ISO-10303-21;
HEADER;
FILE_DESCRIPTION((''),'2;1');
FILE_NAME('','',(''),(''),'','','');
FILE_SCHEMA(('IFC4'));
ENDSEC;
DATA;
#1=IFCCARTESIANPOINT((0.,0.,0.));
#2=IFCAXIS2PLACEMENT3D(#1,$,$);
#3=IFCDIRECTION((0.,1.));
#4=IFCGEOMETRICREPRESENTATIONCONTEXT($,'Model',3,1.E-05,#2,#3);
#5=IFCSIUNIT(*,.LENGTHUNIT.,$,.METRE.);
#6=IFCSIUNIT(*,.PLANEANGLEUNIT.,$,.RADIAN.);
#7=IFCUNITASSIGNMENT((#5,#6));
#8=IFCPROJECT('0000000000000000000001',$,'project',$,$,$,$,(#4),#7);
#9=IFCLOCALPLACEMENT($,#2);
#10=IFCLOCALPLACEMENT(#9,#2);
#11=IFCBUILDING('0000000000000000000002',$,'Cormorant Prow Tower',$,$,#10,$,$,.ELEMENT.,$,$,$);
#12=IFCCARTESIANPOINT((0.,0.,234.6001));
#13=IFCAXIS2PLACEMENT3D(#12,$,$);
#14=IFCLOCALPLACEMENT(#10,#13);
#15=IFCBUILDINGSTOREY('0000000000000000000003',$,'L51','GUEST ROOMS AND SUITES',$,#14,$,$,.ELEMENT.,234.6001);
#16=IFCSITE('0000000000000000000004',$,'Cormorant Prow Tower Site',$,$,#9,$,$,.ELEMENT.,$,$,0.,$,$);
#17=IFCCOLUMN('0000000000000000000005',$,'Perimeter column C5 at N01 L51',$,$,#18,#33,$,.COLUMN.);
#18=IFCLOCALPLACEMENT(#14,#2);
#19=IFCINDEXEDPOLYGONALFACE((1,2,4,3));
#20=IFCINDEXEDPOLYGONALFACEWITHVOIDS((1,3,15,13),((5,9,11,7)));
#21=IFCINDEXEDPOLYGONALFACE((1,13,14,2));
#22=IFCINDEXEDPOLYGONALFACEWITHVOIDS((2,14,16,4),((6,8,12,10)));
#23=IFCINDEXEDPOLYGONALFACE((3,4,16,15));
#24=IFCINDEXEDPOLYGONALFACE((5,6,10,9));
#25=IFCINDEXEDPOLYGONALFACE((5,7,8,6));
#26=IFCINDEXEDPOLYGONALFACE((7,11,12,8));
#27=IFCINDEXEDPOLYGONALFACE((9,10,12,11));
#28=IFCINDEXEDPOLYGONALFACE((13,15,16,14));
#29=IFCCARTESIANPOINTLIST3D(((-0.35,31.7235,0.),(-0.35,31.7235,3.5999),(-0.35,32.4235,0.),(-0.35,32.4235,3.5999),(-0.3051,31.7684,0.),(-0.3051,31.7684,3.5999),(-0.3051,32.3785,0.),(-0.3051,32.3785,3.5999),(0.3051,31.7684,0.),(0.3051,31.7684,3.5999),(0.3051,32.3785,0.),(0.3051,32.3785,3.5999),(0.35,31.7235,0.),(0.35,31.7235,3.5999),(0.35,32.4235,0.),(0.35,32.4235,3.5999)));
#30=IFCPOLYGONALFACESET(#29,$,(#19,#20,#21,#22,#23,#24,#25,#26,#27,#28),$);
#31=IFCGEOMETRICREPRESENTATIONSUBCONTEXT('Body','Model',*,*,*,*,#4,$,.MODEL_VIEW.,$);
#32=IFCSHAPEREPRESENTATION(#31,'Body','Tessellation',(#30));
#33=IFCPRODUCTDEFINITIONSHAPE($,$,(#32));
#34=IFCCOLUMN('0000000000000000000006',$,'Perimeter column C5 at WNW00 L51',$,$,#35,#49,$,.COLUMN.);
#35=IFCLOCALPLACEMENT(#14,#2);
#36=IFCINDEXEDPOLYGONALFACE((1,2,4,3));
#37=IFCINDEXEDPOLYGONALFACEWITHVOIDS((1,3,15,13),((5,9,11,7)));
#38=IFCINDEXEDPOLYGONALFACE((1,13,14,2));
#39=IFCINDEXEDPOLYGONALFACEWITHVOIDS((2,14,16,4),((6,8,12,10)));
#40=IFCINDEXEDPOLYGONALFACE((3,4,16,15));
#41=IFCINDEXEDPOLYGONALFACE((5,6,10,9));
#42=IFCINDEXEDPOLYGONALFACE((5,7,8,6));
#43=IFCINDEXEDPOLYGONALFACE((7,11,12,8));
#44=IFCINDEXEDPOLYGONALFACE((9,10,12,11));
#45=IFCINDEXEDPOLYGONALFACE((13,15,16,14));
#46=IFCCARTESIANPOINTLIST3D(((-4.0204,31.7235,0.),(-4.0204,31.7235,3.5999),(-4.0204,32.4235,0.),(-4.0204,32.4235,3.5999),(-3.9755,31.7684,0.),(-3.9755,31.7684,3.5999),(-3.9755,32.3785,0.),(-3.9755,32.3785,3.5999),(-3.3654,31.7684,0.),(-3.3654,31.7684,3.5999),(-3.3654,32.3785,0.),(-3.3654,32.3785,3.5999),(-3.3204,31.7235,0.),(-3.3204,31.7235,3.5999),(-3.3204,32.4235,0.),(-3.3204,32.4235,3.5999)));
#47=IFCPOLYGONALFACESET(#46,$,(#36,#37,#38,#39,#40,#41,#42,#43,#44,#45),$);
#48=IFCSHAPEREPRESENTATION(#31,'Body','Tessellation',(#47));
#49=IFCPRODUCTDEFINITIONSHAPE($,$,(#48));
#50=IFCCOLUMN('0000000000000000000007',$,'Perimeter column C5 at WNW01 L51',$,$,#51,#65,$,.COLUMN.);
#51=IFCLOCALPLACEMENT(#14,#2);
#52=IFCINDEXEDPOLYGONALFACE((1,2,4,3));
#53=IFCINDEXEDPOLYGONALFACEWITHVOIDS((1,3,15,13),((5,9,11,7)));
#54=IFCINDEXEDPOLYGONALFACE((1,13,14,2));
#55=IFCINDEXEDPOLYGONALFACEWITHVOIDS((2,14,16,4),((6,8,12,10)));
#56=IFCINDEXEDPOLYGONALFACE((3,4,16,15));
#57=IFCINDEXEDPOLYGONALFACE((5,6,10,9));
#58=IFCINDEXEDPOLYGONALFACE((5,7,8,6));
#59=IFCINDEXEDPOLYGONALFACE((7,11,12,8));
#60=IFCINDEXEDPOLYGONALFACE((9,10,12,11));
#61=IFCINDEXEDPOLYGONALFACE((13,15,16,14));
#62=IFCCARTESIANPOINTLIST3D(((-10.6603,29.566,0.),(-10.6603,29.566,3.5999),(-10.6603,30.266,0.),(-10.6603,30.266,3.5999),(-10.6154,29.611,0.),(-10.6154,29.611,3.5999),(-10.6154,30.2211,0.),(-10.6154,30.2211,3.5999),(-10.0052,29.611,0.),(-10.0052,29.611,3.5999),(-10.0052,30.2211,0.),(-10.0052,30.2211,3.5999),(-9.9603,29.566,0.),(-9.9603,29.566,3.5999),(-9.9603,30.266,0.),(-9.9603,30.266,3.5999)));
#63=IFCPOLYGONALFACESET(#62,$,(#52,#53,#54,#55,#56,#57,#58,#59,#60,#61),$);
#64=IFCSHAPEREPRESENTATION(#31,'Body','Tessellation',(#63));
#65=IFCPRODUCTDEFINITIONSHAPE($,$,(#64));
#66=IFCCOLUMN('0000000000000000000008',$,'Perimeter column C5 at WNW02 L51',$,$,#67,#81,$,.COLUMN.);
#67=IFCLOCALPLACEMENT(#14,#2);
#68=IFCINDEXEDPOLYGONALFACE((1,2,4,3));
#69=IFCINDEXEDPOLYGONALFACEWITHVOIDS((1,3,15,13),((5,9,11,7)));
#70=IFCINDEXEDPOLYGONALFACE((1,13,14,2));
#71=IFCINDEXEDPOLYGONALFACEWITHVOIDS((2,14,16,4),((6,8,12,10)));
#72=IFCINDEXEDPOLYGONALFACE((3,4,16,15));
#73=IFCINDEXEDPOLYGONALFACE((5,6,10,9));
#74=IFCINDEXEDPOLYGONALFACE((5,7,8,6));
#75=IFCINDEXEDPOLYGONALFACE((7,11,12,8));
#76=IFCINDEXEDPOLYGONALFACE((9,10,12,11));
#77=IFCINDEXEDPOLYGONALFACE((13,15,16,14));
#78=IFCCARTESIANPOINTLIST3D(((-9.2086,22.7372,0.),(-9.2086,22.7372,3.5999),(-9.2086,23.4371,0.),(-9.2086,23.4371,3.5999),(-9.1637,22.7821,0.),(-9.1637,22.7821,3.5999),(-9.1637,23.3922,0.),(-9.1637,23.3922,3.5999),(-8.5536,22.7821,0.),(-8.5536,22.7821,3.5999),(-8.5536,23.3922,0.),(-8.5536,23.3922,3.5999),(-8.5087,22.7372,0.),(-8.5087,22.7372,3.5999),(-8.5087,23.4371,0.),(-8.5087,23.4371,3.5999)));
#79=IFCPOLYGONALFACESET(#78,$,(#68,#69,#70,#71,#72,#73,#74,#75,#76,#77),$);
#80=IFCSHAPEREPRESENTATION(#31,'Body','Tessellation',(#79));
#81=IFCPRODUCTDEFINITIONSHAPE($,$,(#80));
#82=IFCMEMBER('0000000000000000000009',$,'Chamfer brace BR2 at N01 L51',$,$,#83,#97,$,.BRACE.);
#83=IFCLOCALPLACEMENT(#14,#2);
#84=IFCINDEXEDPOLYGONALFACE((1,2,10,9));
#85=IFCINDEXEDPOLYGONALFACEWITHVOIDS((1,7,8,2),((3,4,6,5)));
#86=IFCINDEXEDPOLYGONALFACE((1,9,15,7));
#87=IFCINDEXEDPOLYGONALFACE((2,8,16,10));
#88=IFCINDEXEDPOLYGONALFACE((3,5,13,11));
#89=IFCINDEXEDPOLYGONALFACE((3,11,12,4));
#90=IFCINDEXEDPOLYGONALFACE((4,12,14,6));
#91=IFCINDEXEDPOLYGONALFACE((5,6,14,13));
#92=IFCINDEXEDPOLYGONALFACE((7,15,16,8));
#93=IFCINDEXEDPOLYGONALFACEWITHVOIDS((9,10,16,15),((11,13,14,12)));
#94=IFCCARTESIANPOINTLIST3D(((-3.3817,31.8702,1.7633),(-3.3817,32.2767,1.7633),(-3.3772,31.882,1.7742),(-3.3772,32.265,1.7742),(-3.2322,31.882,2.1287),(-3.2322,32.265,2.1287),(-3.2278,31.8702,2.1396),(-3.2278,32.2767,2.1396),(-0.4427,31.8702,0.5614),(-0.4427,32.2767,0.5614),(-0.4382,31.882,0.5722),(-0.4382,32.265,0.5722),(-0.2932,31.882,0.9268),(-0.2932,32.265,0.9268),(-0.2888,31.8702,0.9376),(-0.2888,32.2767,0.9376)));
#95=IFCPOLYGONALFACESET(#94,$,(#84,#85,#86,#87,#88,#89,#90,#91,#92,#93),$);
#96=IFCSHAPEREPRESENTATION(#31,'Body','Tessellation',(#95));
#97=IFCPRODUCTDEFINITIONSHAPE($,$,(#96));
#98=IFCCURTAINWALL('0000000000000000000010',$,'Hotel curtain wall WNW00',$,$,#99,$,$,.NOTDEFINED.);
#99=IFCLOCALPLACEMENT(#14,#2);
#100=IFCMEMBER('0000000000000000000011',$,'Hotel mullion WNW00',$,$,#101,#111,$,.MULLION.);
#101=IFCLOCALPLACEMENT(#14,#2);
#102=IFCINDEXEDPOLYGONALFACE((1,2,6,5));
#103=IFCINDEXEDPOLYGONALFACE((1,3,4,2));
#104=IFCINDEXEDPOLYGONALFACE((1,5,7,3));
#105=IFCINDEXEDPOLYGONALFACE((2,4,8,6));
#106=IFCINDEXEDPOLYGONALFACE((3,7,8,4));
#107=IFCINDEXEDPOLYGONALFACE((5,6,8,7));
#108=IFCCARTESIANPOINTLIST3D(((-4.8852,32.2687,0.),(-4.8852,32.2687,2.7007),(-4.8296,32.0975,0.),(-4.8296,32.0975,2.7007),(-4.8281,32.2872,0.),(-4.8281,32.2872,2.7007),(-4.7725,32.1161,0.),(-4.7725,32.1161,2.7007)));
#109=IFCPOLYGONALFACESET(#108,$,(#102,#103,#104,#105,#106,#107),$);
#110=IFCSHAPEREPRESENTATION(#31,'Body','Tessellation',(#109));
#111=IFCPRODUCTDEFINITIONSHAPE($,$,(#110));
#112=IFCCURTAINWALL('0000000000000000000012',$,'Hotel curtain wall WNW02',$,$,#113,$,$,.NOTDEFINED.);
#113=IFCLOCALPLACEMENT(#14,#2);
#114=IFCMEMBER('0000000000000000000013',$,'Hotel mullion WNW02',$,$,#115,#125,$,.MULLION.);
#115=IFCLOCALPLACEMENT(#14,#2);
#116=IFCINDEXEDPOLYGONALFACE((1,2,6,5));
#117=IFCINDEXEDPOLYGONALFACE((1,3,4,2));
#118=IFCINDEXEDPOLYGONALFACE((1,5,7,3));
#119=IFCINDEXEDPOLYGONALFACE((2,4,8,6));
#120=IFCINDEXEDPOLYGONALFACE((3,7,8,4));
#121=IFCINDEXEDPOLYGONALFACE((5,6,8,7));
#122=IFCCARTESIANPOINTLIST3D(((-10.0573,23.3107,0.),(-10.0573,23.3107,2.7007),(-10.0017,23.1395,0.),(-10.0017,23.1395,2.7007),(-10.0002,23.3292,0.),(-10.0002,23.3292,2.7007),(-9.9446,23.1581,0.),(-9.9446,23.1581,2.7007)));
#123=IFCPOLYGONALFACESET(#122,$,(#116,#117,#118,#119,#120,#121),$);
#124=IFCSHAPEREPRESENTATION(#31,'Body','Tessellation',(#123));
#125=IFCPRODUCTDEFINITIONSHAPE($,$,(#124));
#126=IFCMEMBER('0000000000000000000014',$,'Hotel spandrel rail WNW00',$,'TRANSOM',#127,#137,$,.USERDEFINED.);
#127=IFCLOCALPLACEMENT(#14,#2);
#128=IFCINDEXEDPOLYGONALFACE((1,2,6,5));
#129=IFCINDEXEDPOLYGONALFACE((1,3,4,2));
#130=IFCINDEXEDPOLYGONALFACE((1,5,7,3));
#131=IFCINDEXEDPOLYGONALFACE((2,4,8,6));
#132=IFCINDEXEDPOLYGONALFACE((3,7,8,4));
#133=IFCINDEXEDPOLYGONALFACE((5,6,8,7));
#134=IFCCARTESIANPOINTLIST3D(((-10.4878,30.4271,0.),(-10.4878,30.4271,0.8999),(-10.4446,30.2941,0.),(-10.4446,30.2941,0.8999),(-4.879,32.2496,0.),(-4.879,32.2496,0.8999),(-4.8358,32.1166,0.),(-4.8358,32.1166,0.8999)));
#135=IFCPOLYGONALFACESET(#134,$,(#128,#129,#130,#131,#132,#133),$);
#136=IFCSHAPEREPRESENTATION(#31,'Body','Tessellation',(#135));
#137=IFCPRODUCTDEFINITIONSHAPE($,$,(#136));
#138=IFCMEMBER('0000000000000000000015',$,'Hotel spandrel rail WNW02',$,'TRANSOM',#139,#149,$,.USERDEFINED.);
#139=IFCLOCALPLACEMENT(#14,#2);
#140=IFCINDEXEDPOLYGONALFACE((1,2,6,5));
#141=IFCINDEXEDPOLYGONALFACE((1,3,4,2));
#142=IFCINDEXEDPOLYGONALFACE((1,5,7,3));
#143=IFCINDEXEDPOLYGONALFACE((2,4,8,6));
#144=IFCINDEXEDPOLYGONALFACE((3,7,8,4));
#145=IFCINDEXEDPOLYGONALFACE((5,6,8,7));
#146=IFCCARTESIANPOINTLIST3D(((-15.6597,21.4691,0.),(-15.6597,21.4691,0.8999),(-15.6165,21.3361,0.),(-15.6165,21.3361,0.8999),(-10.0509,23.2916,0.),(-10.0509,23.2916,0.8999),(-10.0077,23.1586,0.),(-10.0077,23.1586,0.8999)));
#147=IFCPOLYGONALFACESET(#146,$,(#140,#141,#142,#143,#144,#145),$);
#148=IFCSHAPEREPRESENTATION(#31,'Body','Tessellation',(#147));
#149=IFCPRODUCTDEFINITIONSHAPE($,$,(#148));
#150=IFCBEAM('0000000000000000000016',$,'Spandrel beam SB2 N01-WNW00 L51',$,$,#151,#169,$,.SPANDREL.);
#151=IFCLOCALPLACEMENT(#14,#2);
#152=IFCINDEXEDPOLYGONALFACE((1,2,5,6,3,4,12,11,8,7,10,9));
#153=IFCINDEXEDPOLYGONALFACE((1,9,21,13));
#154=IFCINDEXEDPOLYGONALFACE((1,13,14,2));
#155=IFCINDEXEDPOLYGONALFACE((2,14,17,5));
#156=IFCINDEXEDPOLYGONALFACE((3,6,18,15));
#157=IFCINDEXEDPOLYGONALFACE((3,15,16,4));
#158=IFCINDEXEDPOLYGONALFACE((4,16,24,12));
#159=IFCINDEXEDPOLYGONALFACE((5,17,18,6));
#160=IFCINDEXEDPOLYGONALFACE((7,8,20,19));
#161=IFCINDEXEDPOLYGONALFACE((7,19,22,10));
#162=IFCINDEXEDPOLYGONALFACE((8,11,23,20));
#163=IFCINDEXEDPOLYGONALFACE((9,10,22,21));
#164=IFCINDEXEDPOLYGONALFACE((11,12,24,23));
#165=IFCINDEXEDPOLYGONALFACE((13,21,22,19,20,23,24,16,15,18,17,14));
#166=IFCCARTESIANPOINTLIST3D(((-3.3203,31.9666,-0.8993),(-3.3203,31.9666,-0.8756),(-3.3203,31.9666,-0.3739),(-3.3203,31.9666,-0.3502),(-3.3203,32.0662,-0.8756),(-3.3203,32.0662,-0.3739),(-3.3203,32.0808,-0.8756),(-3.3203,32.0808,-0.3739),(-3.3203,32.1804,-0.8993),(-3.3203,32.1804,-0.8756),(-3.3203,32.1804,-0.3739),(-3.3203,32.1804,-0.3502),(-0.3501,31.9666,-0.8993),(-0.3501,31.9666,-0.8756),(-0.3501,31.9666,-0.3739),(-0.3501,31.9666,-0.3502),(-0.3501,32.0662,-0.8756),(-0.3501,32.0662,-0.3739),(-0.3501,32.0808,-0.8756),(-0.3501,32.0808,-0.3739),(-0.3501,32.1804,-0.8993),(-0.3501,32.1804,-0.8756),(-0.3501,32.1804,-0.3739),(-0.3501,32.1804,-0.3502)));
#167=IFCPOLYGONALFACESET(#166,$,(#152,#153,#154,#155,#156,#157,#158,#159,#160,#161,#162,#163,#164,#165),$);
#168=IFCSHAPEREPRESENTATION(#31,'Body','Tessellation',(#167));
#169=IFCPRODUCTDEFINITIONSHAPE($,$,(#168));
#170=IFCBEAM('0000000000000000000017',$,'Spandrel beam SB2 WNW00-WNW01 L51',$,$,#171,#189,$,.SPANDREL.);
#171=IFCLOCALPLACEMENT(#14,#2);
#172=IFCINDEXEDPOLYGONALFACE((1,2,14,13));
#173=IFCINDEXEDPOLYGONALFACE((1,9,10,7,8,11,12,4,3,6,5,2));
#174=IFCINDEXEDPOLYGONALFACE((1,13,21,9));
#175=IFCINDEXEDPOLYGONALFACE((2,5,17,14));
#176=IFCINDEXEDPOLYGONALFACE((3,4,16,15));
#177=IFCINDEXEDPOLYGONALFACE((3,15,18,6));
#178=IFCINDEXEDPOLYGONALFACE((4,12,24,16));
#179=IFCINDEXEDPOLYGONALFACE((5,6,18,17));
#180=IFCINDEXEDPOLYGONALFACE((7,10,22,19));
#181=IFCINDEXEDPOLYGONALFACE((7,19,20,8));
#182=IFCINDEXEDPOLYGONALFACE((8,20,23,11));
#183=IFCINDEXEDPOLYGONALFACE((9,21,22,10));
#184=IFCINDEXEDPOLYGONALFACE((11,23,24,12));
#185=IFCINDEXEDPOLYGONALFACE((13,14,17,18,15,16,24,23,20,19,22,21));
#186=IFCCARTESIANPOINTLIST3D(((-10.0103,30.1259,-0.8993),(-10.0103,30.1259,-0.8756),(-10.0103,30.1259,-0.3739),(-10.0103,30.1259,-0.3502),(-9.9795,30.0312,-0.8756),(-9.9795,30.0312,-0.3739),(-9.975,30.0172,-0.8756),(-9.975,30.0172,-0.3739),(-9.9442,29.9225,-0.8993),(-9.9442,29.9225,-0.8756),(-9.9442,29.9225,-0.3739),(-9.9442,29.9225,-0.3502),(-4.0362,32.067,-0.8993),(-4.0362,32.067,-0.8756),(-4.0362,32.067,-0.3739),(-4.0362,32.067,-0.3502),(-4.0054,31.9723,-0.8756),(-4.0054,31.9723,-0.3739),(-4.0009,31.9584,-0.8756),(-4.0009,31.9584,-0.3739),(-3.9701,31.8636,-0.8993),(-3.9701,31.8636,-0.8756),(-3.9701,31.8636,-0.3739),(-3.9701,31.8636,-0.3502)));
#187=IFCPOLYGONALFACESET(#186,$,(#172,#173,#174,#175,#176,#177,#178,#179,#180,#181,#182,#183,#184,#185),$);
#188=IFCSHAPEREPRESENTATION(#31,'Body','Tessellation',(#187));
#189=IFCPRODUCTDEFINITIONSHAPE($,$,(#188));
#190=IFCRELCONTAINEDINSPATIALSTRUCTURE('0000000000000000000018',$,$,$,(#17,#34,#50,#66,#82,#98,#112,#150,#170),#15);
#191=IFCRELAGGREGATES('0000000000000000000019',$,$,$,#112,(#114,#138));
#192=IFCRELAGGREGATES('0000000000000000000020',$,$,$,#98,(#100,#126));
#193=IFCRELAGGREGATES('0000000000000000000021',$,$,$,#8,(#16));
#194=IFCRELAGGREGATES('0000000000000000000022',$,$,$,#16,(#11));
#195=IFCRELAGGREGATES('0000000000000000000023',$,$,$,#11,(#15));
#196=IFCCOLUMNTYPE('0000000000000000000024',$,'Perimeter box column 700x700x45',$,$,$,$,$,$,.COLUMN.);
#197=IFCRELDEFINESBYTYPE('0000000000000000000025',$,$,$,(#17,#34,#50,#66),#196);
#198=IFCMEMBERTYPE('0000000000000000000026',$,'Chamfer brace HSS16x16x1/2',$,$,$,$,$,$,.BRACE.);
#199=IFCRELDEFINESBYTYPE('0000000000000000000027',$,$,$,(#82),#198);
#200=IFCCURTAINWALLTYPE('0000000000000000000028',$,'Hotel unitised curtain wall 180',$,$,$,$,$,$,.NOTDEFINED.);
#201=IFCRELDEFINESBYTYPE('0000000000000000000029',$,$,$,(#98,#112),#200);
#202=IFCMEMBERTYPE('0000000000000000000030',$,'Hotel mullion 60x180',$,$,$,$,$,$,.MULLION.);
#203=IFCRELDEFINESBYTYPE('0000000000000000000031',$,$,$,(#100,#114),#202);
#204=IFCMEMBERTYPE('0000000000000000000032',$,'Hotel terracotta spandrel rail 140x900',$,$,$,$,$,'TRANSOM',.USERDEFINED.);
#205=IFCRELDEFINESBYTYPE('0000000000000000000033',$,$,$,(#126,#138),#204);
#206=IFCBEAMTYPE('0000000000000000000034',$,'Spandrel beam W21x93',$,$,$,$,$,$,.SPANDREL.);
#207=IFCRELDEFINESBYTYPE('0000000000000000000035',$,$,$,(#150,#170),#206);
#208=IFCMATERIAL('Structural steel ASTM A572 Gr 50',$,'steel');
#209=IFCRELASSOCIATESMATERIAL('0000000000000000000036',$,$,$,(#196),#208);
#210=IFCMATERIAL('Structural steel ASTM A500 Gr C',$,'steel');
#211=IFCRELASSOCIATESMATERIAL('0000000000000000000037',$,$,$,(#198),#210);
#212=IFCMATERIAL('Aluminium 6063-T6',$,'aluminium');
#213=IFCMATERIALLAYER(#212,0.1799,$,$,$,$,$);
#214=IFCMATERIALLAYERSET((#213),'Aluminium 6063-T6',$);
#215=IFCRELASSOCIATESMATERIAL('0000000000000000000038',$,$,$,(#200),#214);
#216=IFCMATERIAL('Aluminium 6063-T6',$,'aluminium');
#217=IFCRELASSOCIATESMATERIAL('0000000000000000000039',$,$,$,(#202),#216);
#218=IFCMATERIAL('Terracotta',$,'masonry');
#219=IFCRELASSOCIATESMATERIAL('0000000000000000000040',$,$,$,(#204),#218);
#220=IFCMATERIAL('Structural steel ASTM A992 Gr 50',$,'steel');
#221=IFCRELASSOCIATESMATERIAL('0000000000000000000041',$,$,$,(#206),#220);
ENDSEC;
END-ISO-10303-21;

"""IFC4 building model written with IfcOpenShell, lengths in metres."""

from ifc_helpers import new_model, si_unit, direction, frame, origin, origin_2d, place, context, subcontext, project, spatial, rectangle, hollow_rectangle, i_section, extrude, material, layer, layer_set, material_profile, profile_set, type_object, element, aggregate, save


model = new_model("IFC4")

# Units and contexts
model_context = context("Model", 3, precision=1e-05, world=origin(), true_north=direction((0.0, 1.0)))
body_context = subcontext(model_context, "Body", "Model", "MODEL_VIEW")
ifc_project = project(units=[si_unit("LENGTHUNIT", "METRE"), si_unit("PLANEANGLEUNIT", "RADIAN")], contexts=[model_context])

# Site, building, storey
site_placement = place(None, origin())
site = spatial("IfcSite", under=ifc_project, at=site_placement, Name="Cormorant Prow Tower Site", CompositionType="ELEMENT", RefElevation=0.0)
building_placement = place(site_placement, origin())
building = spatial("IfcBuilding", under=site, at=building_placement, Name="Cormorant Prow Tower", CompositionType="ELEMENT")
storey_placement = place(building_placement, frame((0.0, 0.0, 234.6001)))
storey = spatial("IfcBuildingStorey", under=building, at=storey_placement, Name="L51", Description="GUEST ROOMS AND SUITES", CompositionType="ELEMENT", Elevation=234.6001)

# Columns
ifc_material_1 = material(Name="Structural steel ASTM A572 Gr 50", Category="steel")
ifc_material_profile_1 = material_profile(ifc_material_1, hollow_rectangle(XDim=0.7, YDim=0.7, WallThickness=0.0449, at=origin_2d()), Name="Box 700x700x45")
ifc_profile_set_1 = profile_set([ifc_material_profile_1], Name="Structural steel ASTM A572 Gr 50")
column_type = type_object("IfcColumnType", Name="Perimeter box column 700x700x45", PredefinedType="COLUMN", material=ifc_profile_set_1)
for number, where, z_axis, x_axis, name in (
    (1, (0.0, 32.0735, 0.0), (0.0, 0.0, 1.0), (1.0, 0.0, 0.0), "Perimeter column C5 at N01 L51"),
    (2, (-3.6704, 32.0735, 0.0), (0.0, 0.0, 1.0), (1.0, 0.0, 0.0), "Perimeter column C5 at WNW00 L51"),
    (3, (-10.3103, 29.916, 0.0), (0.0, 0.0, 1.0), (1.0, 0.0, 0.0), "Perimeter column C5 at WNW01 L51"),
    (4, (-8.8586, 23.0872, 0.0), (0.0, 0.0, 1.0), (1.0, 0.0, 0.0), "Perimeter column C5 at WNW02 L51"),
):
    element("IfcColumn", number, at=place(storey_placement, frame(where, z_axis=z_axis, x_axis=x_axis)), inside=storey, type_object=column_type, Name=name, PredefinedType="COLUMN", context=body_context, shape_type="SweptSolid", body=[
        extrude(hollow_rectangle(XDim=0.7, YDim=0.7, WallThickness=0.0449, at=origin_2d()), origin(), (0.0, 0.0, 1.0), 3.5999),
    ])

# Member
ifc_material_2 = material(Name="Structural steel ASTM A500 Gr C", Category="steel")
ifc_material_profile_2 = material_profile(ifc_material_2, hollow_rectangle(XDim=0.4065, YDim=0.4065, WallThickness=0.0117, at=origin_2d()), Name="HSS16x16x1/2")
ifc_profile_set_2 = profile_set([ifc_material_profile_2], Name="Structural steel ASTM A500 Gr C")
member_type_1 = type_object("IfcMemberType", Name="Chamfer brace HSS16x16x1/2", PredefinedType="BRACE", material=ifc_profile_set_2)
member_1_placement = place(storey_placement, frame((-0.3657, 32.0735, 0.7495), z_axis=(-0.925591, 0.0, 0.378525), x_axis=(0.0, -1.0, 0.0)))
element("IfcMember", 5, at=member_1_placement, inside=storey, type_object=member_type_1, Name="Chamfer brace BR2 at N01 L51", PredefinedType="BRACE", context=body_context, shape_type="SweptSolid", body=[
    extrude(hollow_rectangle(XDim=0.4065, YDim=0.4065, WallThickness=0.0117, at=origin_2d()), origin(), (0.0, 0.0, 1.0), 3.1753),
])

# Curtain walls, members
ifc_material_3 = material(Name="Aluminium 6063-T6", Category="aluminium")
ifc_layer_1 = layer(ifc_material_3, 0.1799)
ifc_layer_set_1 = layer_set([ifc_layer_1], Name="Aluminium 6063-T6")
curtain_wall_type = type_object("IfcCurtainWallType", Name="Hotel unitised curtain wall 180", PredefinedType="NOTDEFINED", material=ifc_layer_set_1)
curtain_wall_1_placement = place(storey_placement, origin())
curtain_wall_1 = element("IfcCurtainWall", 6, at=curtain_wall_1_placement, inside=storey, type_object=curtain_wall_type, Name="Hotel curtain wall WNW00", PredefinedType="NOTDEFINED")
ifc_material_4 = material(Name="Aluminium 6063-T6", Category="aluminium")
ifc_material_profile_3 = material_profile(ifc_material_4, rectangle(XDim=0.1799, YDim=0.0601, at=origin_2d()), Name="Hotel mullion 60x180")
ifc_profile_set_3 = profile_set([ifc_material_profile_3], Name="Aluminium 6063-T6")
member_type_2 = type_object("IfcMemberType", Name="Hotel mullion 60x180", PredefinedType="MULLION", material=ifc_profile_set_3)
member_2_placement = place(storey_placement, frame((-4.8289, 32.1924, 0.0), z_axis=(0.0, 0.0, 1.0), x_axis=(0.309017, -0.951057, 0.0)))
member_2 = element("IfcMember", 7, at=member_2_placement, type_object=member_type_2, Name="Hotel mullion WNW00", PredefinedType="MULLION", context=body_context, shape_type="SweptSolid", body=[
    extrude(rectangle(XDim=0.1799, YDim=0.0601, at=origin_2d()), origin(), (0.0, 0.0, 1.0), 2.7007),
])
curtain_wall_2_placement = place(storey_placement, origin())
curtain_wall_2 = element("IfcCurtainWall", 8, at=curtain_wall_2_placement, inside=storey, type_object=curtain_wall_type, Name="Hotel curtain wall WNW02", PredefinedType="NOTDEFINED")
member_3_placement = place(storey_placement, frame((-10.001, 23.2344, 0.0), z_axis=(0.0, 0.0, 1.0), x_axis=(0.309017, -0.951057, 0.0)))
member_3 = element("IfcMember", 9, at=member_3_placement, type_object=member_type_2, Name="Hotel mullion WNW02", PredefinedType="MULLION", context=body_context, shape_type="SweptSolid", body=[
    extrude(rectangle(XDim=0.1799, YDim=0.0601, at=origin_2d()), origin(), (0.0, 0.0, 1.0), 2.7007),
])

# Members
ifc_material_5 = material(Name="Terracotta", Category="masonry")
ifc_material_profile_4 = material_profile(ifc_material_5, rectangle(XDim=0.1399, YDim=0.8999, at=origin_2d()), Name="Hotel terracotta spandrel rail 140x900")
ifc_profile_set_4 = profile_set([ifc_material_profile_4], Name="Terracotta")
member_type_3 = type_object("IfcMemberType", Name="Hotel terracotta spandrel rail 140x900", ElementType="TRANSOM", PredefinedType="USERDEFINED", material=ifc_profile_set_4)
member_4_placement = place(storey_placement, frame((-4.8574, 32.1831, 0.45), z_axis=(-0.951053, -0.309028, 0.0), x_axis=(0.309028, -0.951053, 0.0)))
member_4 = element("IfcMember", 10, at=member_4_placement, type_object=member_type_3, Name="Hotel spandrel rail WNW00", ObjectType="TRANSOM", PredefinedType="USERDEFINED", context=body_context, shape_type="SweptSolid", body=[
    extrude(rectangle(XDim=0.1399, YDim=0.8999, at=origin_2d()), origin(), (0.0, 0.0, 1.0), 5.8975),
])
member_5_placement = place(storey_placement, frame((-10.0293, 23.2251, 0.45), z_axis=(-0.951053, -0.309028, 0.0), x_axis=(0.309028, -0.951053, 0.0)))
member_5 = element("IfcMember", 11, at=member_5_placement, type_object=member_type_3, Name="Hotel spandrel rail WNW02", ObjectType="TRANSOM", PredefinedType="USERDEFINED", context=body_context, shape_type="SweptSolid", body=[
    extrude(rectangle(XDim=0.1399, YDim=0.8999, at=origin_2d()), origin(), (0.0, 0.0, 1.0), 5.8975),
])
aggregate(curtain_wall_2, [member_3, member_5])

# Beams
ifc_material_6 = material(Name="Structural steel ASTM A992 Gr 50", Category="steel")
ifc_material_profile_5 = material_profile(ifc_material_6, i_section(OverallWidth=0.2139, OverallDepth=0.5491, WebThickness=0.0146, FlangeThickness=0.0237, at=origin_2d()), Name="W21x93")
ifc_profile_set_5 = profile_set([ifc_material_profile_5], Name="Structural steel ASTM A992 Gr 50")
beam_type = type_object("IfcBeamType", Name="Spandrel beam W21x93", PredefinedType="SPANDREL", material=ifc_profile_set_5)
beam_1_placement = place(storey_placement, frame((-0.3501, 32.0735, -0.6248), z_axis=(-1.0, 0.0, 0.0), x_axis=(0.0, -1.0, 0.0)))
element("IfcBeam", 12, at=beam_1_placement, inside=storey, type_object=beam_type, Name="Spandrel beam SB2 N01-WNW00 L51", PredefinedType="SPANDREL", context=body_context, shape_type="SweptSolid", body=[
    extrude(i_section(OverallWidth=0.2139, OverallDepth=0.5491, WebThickness=0.0146, FlangeThickness=0.0237, at=origin_2d()), origin(), (0.0, 0.0, 1.0), 2.9702),
])
for number, where, z_axis, x_axis, name in (
    (13, (-4.0032, 31.9653, -0.6248), (-0.951054, -0.309025, 0.0), (0.309025, -0.951054, 0.0), "Spandrel beam SB2 WNW00-WNW01 L51"),
):
    element("IfcBeam", number, at=place(storey_placement, frame(where, z_axis=z_axis, x_axis=x_axis)), inside=storey, type_object=beam_type, Name=name, PredefinedType="SPANDREL", context=body_context, shape_type="SweptSolid", body=[
        extrude(i_section(OverallWidth=0.2139, OverallDepth=0.5491, WebThickness=0.0146, FlangeThickness=0.0237, at=origin_2d()), origin(), (0.0, 0.0, 1.0), 6.2815),
    ])

aggregate(curtain_wall_1, [member_2, member_4])

save(model, "model.ifc")
